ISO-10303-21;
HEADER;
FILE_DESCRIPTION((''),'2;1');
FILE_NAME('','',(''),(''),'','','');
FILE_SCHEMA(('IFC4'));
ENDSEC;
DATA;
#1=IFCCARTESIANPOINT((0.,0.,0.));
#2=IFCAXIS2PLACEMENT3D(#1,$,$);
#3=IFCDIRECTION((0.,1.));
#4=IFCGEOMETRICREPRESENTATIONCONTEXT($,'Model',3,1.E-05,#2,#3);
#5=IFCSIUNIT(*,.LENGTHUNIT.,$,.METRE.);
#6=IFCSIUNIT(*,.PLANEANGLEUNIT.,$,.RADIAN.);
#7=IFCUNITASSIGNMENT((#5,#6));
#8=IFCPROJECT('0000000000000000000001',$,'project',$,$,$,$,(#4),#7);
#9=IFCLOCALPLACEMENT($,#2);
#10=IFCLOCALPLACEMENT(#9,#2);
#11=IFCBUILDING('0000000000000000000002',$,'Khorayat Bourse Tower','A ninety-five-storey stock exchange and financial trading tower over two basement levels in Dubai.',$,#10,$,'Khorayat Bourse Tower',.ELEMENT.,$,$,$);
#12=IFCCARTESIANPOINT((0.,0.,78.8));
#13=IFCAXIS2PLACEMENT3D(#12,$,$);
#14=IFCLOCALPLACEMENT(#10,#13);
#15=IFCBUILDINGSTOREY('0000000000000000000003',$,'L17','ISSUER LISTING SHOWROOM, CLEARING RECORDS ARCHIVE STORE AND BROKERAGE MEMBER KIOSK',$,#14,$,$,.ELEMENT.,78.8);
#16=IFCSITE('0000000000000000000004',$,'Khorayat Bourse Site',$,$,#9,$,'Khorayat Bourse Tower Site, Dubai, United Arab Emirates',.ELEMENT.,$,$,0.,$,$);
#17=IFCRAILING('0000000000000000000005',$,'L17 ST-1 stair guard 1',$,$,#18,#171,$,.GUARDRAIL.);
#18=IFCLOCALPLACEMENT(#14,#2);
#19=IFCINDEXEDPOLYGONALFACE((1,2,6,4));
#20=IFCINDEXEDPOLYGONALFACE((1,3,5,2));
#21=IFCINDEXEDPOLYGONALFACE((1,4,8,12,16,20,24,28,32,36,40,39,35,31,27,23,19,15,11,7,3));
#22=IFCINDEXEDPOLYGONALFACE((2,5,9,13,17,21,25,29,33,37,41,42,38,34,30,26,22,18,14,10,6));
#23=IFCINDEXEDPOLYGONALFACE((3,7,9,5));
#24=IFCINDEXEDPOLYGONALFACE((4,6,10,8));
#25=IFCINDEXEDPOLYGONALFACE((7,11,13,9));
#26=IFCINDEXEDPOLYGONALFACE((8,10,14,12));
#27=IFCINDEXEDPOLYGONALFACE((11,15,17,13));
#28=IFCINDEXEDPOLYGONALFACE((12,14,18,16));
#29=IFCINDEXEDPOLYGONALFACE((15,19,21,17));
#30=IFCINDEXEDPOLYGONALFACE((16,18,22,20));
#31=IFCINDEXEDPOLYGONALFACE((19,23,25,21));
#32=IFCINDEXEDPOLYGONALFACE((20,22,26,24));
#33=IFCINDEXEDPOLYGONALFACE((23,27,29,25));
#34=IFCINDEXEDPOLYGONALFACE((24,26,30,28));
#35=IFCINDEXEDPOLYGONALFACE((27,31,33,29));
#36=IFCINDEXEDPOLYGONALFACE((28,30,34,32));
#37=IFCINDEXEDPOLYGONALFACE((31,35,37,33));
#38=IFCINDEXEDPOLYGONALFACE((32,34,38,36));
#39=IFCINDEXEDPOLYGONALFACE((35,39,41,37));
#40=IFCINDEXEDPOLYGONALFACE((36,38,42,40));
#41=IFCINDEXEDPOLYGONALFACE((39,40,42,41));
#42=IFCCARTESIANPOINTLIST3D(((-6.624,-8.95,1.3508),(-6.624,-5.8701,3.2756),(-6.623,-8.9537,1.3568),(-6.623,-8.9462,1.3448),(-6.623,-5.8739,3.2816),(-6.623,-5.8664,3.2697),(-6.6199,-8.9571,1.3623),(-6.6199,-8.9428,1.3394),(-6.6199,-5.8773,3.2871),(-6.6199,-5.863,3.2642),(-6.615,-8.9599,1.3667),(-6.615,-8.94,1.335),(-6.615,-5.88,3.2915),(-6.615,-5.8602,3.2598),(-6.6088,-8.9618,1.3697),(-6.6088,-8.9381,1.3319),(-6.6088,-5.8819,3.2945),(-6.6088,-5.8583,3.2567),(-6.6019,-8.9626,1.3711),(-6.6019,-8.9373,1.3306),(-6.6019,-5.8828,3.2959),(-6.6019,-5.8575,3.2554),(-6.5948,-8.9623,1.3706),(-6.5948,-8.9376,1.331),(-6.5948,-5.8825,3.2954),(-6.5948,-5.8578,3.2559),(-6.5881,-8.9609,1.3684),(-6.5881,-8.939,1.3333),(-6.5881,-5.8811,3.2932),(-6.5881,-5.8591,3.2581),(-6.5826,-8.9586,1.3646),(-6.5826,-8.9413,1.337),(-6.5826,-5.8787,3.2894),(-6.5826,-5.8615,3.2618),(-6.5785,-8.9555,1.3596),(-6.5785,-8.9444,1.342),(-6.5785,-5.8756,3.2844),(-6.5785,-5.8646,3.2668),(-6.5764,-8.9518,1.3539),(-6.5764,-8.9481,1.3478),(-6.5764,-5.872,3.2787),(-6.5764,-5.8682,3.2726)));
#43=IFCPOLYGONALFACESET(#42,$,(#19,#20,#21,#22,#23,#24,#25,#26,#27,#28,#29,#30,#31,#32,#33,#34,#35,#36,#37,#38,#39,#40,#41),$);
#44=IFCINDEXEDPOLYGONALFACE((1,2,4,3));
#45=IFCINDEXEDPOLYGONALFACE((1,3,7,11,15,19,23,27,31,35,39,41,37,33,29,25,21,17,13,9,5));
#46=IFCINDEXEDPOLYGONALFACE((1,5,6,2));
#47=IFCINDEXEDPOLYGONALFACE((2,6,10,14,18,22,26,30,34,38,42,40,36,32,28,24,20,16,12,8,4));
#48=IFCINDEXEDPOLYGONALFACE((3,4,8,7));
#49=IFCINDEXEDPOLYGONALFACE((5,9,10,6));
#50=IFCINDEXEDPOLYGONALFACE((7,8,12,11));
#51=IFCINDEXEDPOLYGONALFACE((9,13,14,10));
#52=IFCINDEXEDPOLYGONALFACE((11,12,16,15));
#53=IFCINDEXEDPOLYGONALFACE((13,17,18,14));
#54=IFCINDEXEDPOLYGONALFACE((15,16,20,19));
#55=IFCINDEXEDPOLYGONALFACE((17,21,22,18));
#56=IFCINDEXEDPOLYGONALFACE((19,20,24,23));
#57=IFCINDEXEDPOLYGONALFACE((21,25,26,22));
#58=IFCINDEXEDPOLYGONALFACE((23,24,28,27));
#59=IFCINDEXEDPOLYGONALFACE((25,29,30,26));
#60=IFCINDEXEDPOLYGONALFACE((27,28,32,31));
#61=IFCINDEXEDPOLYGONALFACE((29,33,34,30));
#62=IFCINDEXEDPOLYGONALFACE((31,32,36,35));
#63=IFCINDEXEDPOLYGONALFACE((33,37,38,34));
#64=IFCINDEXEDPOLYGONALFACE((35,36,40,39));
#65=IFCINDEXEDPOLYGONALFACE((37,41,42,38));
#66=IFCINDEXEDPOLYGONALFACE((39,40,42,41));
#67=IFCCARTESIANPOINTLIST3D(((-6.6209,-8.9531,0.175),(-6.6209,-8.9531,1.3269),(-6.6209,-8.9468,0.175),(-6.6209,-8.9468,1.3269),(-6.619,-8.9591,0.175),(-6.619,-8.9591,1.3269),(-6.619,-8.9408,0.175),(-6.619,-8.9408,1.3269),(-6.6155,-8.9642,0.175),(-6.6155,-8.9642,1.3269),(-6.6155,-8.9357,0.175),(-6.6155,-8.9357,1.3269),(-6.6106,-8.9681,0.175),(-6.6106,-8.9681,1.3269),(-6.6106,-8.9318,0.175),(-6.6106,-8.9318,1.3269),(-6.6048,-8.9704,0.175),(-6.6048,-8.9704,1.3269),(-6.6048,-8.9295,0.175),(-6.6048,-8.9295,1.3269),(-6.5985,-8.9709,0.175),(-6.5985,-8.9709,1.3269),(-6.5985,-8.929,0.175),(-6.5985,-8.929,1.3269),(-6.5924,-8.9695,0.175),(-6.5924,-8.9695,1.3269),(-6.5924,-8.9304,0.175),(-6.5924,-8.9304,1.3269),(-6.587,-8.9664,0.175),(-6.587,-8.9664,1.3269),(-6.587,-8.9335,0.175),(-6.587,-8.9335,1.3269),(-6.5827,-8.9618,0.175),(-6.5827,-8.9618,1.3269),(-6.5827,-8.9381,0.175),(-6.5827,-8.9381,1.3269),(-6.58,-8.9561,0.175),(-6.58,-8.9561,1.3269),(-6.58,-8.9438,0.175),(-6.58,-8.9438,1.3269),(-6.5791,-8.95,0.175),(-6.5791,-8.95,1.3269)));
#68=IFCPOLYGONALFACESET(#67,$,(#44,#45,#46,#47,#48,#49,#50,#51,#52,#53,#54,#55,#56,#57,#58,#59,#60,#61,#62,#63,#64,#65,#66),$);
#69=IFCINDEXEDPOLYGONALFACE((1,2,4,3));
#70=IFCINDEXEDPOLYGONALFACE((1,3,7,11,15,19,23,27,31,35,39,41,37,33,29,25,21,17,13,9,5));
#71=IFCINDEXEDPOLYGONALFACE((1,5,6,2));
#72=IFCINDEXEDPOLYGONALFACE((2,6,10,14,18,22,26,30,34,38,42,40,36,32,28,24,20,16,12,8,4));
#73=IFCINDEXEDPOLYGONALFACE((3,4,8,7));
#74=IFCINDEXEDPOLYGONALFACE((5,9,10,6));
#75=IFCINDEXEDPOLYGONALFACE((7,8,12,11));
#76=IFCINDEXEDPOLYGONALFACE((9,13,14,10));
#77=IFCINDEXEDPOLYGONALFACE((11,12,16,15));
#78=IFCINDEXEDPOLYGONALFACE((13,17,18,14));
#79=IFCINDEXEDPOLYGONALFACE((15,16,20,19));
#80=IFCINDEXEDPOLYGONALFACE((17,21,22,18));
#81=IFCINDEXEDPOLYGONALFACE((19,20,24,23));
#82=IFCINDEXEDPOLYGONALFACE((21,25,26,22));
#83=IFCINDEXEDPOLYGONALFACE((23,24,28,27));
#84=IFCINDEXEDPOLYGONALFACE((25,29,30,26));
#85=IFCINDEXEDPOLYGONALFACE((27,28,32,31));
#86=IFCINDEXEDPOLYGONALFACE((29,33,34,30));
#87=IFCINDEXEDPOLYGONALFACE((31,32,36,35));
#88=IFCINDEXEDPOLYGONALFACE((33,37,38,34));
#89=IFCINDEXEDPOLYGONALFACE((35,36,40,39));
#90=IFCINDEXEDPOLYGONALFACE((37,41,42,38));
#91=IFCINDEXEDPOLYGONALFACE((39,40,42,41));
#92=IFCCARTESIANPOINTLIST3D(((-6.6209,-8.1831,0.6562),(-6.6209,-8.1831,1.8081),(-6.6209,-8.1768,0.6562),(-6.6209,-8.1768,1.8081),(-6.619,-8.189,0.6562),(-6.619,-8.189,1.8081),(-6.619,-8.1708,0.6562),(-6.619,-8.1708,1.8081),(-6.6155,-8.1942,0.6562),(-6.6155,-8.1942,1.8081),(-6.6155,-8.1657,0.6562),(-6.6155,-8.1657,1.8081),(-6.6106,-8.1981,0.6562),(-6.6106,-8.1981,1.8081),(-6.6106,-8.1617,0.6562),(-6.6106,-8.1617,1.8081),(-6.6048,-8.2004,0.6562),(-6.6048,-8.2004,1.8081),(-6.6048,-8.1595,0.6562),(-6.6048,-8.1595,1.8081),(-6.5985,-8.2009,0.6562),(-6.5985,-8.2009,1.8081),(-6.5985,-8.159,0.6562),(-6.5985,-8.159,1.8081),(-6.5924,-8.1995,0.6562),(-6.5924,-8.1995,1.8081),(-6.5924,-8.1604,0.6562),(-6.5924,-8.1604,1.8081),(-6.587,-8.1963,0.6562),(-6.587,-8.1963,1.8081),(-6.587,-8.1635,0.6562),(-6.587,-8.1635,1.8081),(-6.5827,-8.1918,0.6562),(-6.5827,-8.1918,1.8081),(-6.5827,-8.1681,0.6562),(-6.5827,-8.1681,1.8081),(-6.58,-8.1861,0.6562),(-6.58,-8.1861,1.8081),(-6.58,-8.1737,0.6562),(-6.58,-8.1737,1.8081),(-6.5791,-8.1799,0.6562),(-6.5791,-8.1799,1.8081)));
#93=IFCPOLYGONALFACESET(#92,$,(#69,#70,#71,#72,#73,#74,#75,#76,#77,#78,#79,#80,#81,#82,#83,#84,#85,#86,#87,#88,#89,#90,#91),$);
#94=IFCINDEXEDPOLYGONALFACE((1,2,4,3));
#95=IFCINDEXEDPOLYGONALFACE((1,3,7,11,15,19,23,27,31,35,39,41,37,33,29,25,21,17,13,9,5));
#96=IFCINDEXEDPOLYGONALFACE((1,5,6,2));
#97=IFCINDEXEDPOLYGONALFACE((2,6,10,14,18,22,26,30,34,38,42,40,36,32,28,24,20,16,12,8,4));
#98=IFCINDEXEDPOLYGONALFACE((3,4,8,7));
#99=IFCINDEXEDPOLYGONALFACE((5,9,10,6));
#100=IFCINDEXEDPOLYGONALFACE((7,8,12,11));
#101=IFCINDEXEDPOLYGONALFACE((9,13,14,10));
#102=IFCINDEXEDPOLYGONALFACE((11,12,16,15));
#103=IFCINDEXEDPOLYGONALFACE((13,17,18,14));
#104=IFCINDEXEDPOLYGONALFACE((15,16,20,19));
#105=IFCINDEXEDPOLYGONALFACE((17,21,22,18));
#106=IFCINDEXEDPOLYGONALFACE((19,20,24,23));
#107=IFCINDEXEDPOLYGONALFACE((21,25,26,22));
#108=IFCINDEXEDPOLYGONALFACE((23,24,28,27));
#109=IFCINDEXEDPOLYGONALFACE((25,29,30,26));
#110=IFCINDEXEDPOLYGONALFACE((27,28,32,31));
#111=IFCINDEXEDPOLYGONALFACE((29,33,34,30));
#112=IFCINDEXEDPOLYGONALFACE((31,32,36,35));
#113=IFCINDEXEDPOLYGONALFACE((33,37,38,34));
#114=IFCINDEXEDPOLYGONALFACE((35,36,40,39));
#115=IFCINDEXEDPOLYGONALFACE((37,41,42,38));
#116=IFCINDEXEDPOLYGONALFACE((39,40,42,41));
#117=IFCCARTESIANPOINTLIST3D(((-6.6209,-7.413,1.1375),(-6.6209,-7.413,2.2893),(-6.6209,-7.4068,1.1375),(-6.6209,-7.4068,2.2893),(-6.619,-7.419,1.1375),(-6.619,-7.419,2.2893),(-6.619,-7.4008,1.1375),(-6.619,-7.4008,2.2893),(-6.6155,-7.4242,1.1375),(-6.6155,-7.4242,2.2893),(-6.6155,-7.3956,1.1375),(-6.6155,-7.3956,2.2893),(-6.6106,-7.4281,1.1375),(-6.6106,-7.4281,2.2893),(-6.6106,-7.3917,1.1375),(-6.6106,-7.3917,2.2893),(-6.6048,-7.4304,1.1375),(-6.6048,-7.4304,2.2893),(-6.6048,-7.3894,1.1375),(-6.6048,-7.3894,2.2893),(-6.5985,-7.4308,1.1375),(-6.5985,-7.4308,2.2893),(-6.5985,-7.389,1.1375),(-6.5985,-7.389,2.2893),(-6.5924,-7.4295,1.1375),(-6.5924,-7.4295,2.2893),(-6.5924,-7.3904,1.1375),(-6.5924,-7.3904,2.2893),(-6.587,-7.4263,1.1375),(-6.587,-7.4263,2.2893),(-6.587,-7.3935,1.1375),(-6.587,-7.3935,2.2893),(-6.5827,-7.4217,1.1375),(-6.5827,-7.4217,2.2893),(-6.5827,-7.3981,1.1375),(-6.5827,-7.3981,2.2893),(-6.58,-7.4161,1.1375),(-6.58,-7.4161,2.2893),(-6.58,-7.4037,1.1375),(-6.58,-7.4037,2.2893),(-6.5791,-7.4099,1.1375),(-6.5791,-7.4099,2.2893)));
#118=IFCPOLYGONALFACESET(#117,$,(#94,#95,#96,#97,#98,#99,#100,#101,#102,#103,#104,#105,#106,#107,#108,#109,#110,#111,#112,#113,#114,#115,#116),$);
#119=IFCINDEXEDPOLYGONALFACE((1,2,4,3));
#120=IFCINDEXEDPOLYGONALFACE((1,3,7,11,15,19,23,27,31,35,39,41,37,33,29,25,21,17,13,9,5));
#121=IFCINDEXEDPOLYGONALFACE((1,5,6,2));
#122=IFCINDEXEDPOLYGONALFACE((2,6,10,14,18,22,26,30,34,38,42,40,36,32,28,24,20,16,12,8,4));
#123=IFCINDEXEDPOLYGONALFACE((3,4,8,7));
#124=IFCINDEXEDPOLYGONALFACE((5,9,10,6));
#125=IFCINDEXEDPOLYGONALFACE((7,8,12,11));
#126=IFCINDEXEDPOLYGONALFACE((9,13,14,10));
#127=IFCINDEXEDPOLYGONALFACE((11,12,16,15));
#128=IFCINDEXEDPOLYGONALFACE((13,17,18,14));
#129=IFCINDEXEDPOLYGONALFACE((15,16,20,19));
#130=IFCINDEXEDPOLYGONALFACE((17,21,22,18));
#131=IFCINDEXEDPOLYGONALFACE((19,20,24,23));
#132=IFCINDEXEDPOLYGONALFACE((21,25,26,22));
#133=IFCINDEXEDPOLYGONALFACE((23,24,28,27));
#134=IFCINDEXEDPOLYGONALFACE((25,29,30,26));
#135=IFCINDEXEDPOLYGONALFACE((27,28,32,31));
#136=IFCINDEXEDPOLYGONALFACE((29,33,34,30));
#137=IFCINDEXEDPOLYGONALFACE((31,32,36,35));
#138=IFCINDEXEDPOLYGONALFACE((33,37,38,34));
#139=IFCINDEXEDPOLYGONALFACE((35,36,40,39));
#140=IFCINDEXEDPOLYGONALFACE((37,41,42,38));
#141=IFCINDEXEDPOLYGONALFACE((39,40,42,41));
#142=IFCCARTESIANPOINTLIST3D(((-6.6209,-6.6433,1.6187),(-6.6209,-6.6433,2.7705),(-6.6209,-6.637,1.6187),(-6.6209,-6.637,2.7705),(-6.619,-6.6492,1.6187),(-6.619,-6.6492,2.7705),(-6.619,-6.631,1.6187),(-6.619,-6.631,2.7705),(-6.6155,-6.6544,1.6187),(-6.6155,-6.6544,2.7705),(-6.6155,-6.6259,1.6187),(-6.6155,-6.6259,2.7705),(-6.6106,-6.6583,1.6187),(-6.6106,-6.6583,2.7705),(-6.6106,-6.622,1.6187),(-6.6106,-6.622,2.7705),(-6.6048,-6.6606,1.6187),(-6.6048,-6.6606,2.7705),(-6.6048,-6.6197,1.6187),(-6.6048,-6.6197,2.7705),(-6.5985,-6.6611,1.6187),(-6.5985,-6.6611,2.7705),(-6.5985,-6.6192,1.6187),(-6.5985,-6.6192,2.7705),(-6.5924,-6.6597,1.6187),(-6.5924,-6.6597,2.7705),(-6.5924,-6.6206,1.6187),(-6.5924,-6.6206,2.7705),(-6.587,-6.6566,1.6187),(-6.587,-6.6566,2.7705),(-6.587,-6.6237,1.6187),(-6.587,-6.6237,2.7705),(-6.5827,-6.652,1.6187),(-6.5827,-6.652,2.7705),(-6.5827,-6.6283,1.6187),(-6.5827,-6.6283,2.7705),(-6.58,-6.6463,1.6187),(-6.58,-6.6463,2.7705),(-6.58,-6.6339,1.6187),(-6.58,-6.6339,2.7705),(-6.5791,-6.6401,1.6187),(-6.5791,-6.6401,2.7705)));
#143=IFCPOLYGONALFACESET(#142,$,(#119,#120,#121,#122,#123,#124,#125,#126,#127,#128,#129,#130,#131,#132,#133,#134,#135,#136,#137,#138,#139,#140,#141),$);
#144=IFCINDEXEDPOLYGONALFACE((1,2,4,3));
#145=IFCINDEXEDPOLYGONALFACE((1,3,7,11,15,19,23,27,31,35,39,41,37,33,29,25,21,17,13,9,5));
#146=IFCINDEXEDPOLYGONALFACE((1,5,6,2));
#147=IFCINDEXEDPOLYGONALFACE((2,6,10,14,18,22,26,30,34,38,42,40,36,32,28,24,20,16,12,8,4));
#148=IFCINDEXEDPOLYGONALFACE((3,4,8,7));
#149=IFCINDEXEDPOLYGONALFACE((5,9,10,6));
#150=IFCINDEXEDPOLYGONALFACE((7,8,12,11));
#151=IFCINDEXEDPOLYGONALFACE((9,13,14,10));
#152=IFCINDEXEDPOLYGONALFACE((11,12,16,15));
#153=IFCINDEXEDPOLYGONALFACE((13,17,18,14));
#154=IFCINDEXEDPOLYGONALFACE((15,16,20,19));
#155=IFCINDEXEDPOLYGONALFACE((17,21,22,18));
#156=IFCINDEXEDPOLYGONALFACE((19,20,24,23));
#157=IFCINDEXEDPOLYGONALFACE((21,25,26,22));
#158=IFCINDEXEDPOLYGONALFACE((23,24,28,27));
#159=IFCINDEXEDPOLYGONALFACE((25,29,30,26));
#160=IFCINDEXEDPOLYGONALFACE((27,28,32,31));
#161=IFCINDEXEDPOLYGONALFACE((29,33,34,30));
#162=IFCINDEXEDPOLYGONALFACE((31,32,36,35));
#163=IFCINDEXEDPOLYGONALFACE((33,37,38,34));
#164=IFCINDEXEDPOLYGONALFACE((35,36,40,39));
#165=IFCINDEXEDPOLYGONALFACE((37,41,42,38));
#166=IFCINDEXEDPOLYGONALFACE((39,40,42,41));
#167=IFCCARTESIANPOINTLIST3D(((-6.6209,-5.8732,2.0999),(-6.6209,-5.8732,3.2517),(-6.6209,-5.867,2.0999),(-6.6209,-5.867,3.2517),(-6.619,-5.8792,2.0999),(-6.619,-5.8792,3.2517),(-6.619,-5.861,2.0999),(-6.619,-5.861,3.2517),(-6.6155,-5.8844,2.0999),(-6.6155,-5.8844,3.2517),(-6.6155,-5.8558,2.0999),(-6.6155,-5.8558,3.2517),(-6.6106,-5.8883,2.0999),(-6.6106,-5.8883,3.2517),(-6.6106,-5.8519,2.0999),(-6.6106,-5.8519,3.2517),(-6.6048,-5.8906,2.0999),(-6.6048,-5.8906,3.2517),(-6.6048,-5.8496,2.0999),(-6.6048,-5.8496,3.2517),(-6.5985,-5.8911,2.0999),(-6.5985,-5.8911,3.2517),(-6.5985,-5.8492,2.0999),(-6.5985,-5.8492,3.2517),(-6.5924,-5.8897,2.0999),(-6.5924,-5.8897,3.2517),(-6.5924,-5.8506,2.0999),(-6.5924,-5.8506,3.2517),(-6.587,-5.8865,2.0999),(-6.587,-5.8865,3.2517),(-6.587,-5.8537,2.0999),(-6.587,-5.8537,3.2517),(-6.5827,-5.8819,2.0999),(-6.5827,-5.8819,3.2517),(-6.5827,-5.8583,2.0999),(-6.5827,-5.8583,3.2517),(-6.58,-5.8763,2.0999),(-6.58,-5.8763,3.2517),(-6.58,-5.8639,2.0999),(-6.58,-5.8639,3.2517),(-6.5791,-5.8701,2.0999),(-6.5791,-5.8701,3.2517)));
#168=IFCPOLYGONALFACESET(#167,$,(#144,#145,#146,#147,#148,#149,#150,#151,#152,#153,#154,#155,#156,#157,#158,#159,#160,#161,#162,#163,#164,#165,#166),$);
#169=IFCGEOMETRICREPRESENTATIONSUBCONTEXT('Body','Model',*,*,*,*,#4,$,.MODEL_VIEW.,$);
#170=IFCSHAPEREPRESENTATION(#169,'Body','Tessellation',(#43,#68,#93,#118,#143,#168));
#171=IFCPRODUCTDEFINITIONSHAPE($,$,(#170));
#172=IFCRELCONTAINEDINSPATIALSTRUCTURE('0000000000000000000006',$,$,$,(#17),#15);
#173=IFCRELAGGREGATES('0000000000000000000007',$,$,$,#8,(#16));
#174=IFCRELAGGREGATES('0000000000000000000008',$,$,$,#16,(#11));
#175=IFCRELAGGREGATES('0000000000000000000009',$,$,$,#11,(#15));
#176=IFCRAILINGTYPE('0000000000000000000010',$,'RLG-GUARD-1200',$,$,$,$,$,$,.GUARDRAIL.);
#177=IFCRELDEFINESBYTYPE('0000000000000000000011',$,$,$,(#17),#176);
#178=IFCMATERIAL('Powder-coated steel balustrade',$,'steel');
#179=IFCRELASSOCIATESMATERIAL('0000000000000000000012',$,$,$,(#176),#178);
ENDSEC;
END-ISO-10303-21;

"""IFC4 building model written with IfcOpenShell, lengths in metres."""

from ifc_helpers import new_model, si_unit, direction, frame, origin, origin_2d, place, context, subcontext, project, spatial, circle, extrude, source, transform, mapped, material, type_object, element, save


model = new_model("IFC4")

# Units and contexts
model_context = context("Model", 3, precision=1e-05, world=origin(), true_north=direction((0.0, 1.0)))
body_context = subcontext(model_context, "Body", "Model", "MODEL_VIEW")
ifc_project = project(units=[si_unit("LENGTHUNIT", "METRE"), si_unit("PLANEANGLEUNIT", "RADIAN")], contexts=[model_context])

# Site, building, storey
site_placement = place(None, origin())
site = spatial("IfcSite", under=ifc_project, at=site_placement, Name="Khorayat Bourse Site", LongName="Khorayat Bourse Tower Site, Dubai, United Arab Emirates", CompositionType="ELEMENT", RefElevation=0.0)
building_placement = place(site_placement, origin())
building = spatial("IfcBuilding", under=site, at=building_placement, Name="Khorayat Bourse Tower", Description="A ninety-five-storey stock exchange and financial trading tower over two basement levels in Dubai.", LongName="Khorayat Bourse Tower", CompositionType="ELEMENT")
storey_placement = place(building_placement, frame((0.0, 0.0, 78.8)))
storey = spatial("IfcBuildingStorey", under=building, at=storey_placement, Name="L17", Description="ISSUER LISTING SHOWROOM, CLEARING RECORDS ARCHIVE STORE AND BROKERAGE MEMBER KIOSK", CompositionType="ELEMENT", Elevation=78.8)

# Railing
ifc_material_1 = material(Name="Powder-coated steel balustrade", Category="steel")
railing_type_1 = type_object("IfcRailingType", Name="RLG-GUARD-1200", PredefinedType="GUARDRAIL", material=ifc_material_1)
shared_shape_1 = source(origin(), body_context, "Body", "SweptSolid", [
    extrude(circle(Radius=0.0239, at=origin_2d()), frame((0.0, 0.0, 1.1758), z_axis=(0.0, 0.84801, 0.529981), x_axis=(-1.0, 0.0, 0.0)), (0.0, 0.0, 1.0), 3.6318),
    extrude(circle(Radius=0.021, at=origin_2d()), origin(), (0.0, 0.0, 1.0), 1.1519),
    extrude(circle(Radius=0.021, at=origin_2d()), frame((0.0, 0.77, 0.4812)), (0.0, 0.0, 1.0), 1.1519),
    extrude(circle(Radius=0.021, at=origin_2d()), frame((0.0, 1.54, 0.9624)), (0.0, 0.0, 1.0), 1.1519),
    extrude(circle(Radius=0.021, at=origin_2d()), frame((0.0, 2.3098, 1.4436)), (0.0, 0.0, 1.0), 1.1519),
    extrude(circle(Radius=0.021, at=origin_2d()), frame((0.0, 3.0798, 1.9248)), (0.0, 0.0, 1.0), 1.1519),
])
railing_1_placement = place(storey_placement, frame((-6.6001, -8.95, 0.175)))
element("IfcRailing", 1, at=railing_1_placement, inside=storey, type_object=railing_type_1, Name="L17 ST-1 stair guard 1", PredefinedType="GUARDRAIL", context=body_context, shape_type="MappedRepresentation", body=[
    mapped(shared_shape_1, transform((0.0, 0.0, 0.0), scale=1.0)),
])

save(model, "model.ifc")
